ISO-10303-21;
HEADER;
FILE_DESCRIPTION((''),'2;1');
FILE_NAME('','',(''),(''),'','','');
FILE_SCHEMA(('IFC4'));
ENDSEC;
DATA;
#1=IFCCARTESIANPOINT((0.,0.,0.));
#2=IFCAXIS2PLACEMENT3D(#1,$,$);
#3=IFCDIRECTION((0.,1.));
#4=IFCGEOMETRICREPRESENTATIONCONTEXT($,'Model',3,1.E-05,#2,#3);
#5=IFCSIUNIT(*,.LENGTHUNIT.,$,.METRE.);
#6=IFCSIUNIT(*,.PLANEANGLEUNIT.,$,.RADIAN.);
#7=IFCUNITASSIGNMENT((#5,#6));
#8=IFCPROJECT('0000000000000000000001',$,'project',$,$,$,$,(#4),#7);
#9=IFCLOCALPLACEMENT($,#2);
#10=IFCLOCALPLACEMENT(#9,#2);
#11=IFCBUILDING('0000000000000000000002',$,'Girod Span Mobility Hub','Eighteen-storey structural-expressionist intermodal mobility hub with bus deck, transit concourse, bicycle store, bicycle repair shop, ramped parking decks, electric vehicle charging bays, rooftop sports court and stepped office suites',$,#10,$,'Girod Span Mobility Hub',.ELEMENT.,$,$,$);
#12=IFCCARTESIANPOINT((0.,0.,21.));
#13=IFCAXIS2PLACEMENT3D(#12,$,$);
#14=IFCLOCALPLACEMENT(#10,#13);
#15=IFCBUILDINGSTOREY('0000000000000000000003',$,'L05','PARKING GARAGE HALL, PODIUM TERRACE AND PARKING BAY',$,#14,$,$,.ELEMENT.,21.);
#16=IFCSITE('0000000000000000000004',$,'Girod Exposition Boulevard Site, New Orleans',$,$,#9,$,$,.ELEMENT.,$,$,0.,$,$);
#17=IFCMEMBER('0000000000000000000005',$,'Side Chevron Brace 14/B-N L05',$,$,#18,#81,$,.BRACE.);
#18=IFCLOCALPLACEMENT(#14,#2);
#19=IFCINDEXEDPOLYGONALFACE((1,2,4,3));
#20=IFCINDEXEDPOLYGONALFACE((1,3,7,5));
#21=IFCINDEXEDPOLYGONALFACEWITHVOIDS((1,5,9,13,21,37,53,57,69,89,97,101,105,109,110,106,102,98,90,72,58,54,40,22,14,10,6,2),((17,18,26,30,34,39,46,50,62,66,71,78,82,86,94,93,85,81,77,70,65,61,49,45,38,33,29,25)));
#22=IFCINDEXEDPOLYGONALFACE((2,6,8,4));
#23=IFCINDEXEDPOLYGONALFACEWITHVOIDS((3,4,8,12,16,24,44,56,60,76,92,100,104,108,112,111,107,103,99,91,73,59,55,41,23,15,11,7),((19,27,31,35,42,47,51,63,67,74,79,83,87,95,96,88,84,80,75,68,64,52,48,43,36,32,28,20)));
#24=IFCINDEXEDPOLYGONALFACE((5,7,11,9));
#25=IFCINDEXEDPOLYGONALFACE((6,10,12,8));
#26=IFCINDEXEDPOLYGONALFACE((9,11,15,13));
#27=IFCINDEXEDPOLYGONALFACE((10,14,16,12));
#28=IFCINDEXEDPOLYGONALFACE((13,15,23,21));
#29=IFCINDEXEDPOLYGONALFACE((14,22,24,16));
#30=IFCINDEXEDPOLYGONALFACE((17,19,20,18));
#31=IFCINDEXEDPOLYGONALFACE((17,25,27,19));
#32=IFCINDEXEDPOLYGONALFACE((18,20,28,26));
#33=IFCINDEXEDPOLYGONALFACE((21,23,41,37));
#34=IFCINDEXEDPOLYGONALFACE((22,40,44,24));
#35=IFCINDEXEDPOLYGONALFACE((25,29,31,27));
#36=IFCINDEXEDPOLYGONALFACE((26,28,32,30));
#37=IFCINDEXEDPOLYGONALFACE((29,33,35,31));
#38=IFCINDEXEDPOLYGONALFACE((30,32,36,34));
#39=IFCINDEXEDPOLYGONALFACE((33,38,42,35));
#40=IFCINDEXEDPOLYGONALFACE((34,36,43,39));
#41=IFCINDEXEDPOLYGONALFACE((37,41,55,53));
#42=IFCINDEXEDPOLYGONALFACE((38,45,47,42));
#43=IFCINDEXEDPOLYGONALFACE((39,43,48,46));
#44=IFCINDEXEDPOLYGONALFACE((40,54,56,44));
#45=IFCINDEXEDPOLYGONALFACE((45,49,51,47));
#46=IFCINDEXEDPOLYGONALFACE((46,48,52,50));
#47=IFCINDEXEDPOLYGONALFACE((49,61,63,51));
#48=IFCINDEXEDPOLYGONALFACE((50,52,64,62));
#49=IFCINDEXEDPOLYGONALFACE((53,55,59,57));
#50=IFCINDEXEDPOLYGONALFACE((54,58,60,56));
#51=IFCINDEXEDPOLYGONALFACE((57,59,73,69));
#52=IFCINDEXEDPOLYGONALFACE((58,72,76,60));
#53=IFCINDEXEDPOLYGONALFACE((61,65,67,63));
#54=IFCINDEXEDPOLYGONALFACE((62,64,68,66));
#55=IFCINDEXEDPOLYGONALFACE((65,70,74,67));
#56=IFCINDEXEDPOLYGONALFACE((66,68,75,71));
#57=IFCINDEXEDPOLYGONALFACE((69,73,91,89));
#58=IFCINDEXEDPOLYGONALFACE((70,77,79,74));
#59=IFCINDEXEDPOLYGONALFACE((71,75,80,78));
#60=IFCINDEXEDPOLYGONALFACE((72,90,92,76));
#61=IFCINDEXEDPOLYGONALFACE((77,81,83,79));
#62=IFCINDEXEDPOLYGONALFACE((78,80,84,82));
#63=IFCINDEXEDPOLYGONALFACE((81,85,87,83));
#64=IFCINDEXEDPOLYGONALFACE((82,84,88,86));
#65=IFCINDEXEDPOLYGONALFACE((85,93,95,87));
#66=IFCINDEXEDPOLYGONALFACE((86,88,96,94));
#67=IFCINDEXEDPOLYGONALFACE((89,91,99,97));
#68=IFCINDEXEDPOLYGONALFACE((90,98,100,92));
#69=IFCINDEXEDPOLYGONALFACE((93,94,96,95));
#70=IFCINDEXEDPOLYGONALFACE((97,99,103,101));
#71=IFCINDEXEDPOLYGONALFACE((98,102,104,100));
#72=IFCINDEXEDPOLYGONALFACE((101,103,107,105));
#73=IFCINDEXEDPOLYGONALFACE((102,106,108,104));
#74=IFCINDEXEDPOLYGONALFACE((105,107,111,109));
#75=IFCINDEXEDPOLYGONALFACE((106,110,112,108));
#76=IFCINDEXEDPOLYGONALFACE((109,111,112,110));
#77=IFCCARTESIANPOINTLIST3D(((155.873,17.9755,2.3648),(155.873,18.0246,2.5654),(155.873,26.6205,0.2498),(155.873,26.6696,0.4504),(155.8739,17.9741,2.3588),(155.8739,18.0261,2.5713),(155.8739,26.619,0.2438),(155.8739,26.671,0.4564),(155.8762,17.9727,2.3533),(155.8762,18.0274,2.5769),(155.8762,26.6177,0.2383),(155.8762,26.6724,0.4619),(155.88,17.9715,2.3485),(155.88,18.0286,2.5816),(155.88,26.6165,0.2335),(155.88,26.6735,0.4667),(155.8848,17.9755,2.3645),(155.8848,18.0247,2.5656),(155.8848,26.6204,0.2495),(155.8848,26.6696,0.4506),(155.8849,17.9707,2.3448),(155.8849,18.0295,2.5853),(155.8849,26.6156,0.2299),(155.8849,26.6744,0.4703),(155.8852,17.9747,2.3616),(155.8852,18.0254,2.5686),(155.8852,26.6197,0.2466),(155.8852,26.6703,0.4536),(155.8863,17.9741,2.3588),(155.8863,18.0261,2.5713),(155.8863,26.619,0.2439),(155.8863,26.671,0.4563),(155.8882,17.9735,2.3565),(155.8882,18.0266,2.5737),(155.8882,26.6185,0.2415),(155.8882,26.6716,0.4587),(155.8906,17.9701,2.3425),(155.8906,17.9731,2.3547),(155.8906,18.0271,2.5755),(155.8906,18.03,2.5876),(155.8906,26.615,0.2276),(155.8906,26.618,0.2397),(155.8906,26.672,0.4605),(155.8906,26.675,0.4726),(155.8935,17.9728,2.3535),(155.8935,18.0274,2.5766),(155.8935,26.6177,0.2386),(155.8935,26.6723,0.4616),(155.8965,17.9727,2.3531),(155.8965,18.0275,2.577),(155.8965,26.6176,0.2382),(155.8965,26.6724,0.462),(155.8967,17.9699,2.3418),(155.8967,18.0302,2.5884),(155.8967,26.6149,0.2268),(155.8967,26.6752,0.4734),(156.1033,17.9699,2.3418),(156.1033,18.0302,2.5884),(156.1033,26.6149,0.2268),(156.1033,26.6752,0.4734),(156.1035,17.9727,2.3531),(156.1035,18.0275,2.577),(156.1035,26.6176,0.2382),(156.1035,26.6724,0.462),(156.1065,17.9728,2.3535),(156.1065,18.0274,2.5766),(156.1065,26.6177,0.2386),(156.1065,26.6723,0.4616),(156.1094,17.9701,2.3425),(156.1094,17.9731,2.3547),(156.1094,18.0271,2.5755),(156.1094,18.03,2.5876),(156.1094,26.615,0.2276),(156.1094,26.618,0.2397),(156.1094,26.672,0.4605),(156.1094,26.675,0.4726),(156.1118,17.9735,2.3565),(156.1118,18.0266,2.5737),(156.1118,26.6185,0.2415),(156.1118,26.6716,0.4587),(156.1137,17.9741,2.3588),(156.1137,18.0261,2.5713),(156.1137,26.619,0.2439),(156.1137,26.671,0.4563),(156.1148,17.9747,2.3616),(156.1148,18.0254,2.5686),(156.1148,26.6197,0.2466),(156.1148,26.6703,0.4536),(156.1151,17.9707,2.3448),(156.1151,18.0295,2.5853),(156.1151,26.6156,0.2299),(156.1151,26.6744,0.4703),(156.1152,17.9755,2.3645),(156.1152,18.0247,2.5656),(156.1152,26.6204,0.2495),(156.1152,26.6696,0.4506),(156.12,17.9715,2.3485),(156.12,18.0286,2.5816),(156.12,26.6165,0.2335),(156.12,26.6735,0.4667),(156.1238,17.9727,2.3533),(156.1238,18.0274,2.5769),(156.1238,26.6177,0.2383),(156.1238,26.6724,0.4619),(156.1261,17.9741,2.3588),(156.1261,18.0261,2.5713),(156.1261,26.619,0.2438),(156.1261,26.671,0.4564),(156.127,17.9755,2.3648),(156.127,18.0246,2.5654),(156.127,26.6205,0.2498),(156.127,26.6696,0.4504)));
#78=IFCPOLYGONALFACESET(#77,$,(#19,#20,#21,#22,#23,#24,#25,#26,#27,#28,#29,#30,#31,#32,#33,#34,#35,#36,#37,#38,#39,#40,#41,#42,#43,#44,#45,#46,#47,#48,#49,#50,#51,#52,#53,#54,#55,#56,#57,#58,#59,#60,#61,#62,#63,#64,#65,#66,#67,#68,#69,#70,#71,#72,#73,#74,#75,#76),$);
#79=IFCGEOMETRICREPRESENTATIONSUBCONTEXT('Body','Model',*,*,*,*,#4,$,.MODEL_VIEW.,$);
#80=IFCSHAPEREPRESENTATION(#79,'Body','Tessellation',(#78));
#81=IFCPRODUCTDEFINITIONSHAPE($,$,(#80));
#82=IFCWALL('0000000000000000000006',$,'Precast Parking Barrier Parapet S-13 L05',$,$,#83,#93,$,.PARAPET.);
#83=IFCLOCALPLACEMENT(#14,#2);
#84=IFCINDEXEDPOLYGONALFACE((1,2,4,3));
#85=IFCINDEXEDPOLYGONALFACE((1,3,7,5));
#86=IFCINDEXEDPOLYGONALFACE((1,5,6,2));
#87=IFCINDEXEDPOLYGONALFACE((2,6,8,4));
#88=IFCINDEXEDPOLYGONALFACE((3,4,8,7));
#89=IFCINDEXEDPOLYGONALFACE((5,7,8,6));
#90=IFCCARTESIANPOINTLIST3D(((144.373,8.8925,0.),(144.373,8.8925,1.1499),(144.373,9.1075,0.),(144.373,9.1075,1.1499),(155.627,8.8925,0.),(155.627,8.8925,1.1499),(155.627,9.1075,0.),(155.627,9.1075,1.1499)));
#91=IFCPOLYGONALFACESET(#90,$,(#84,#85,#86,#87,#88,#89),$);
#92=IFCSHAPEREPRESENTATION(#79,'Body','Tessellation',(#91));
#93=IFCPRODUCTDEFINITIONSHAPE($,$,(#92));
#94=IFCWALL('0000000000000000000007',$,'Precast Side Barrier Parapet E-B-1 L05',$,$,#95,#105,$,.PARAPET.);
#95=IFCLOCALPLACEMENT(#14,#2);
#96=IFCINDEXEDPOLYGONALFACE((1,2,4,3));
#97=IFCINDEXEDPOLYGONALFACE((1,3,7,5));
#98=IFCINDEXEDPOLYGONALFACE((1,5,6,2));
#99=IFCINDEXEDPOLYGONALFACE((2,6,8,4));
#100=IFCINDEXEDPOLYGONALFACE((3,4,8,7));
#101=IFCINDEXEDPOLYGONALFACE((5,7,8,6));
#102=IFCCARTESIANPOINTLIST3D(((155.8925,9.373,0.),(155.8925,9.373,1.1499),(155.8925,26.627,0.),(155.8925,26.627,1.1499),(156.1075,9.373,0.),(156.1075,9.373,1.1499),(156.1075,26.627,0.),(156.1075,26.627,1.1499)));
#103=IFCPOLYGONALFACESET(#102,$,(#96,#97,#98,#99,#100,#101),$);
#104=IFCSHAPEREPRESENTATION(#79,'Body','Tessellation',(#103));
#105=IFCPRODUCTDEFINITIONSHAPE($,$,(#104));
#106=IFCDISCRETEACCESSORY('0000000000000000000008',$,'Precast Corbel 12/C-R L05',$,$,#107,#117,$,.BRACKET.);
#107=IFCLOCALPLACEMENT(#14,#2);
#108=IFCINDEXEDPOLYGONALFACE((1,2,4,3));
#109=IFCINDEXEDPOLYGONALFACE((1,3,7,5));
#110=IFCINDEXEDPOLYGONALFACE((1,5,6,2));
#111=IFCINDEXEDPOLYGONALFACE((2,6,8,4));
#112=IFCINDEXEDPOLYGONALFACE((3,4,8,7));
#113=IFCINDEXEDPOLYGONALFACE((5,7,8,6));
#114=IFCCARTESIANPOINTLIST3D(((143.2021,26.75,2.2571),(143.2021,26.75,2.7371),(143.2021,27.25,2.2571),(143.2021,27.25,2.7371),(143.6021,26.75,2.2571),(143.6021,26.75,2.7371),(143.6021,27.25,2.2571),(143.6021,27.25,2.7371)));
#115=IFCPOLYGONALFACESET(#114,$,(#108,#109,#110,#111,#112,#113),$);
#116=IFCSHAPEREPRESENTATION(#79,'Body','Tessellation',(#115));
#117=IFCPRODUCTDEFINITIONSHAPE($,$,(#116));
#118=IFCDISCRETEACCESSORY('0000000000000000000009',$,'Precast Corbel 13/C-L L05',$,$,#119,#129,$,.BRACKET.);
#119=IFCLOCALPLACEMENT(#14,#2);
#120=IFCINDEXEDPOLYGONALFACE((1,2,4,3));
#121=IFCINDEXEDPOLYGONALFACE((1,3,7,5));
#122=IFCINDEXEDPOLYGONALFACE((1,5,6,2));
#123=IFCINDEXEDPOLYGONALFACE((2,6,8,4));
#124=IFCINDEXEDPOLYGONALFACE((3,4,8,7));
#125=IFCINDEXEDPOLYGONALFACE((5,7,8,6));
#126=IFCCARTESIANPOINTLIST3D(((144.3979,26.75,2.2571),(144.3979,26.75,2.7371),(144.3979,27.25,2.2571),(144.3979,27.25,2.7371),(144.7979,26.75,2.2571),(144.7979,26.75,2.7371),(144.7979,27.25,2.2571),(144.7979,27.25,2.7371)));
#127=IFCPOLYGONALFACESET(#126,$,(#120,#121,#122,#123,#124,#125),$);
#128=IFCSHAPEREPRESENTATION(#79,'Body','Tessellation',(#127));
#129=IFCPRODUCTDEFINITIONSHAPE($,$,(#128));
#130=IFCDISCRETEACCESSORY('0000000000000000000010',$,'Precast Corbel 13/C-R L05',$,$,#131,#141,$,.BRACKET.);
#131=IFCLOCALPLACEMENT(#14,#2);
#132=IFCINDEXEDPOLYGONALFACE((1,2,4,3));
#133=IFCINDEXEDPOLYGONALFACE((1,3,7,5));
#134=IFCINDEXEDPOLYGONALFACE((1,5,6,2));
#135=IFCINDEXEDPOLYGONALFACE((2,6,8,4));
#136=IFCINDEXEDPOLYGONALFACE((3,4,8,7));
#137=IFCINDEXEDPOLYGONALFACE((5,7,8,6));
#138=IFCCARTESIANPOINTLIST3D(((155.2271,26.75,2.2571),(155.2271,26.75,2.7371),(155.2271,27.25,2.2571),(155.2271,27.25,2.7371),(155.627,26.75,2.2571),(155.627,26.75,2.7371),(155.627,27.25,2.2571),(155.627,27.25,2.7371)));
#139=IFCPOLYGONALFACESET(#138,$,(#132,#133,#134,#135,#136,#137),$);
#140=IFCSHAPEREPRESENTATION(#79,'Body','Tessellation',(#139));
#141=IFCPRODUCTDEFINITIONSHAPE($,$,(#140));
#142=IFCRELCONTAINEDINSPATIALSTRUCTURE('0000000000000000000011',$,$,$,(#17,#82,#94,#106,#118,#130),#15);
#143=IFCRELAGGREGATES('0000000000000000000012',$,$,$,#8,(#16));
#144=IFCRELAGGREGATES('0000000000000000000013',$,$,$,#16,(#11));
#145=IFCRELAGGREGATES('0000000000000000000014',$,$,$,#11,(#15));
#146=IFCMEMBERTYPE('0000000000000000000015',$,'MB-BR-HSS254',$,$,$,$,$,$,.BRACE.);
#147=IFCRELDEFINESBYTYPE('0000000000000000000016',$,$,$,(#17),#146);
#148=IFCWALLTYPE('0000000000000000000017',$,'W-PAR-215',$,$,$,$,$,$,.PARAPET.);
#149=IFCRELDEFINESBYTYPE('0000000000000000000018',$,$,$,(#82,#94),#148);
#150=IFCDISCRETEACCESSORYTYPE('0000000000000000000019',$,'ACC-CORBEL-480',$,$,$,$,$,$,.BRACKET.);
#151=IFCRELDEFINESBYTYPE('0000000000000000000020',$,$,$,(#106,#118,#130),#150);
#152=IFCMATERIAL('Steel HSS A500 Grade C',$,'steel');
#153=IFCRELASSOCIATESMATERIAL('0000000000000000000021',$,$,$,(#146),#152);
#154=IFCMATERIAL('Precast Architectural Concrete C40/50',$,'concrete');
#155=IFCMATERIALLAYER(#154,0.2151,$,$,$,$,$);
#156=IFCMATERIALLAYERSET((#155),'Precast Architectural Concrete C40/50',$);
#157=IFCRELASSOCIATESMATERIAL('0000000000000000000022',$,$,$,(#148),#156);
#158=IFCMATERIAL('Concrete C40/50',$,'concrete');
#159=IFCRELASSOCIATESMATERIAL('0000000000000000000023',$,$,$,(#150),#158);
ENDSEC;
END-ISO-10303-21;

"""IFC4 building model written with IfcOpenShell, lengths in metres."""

from ifc_helpers import new_model, si_unit, direction, frame, frame_2d, origin, origin_2d, place, context, subcontext, project, spatial, rectangle, hollow_rectangle, extrude, material, layer, layer_set, material_profile, profile_set, type_object, element, save


model = new_model("IFC4")

# Units and contexts
model_context = context("Model", 3, precision=1e-05, world=origin(), true_north=direction((0.0, 1.0)))
body_context = subcontext(model_context, "Body", "Model", "MODEL_VIEW")
ifc_project = project(units=[si_unit("LENGTHUNIT", "METRE"), si_unit("PLANEANGLEUNIT", "RADIAN")], contexts=[model_context])

# Site, building, storey
site_placement = place(None, origin())
site = spatial("IfcSite", under=ifc_project, at=site_placement, Name="Girod Exposition Boulevard Site, New Orleans", CompositionType="ELEMENT", RefElevation=0.0)
building_placement = place(site_placement, origin())
building = spatial("IfcBuilding", under=site, at=building_placement, Name="Girod Span Mobility Hub", Description="Eighteen-storey structural-expressionist intermodal mobility hub with bus deck, transit concourse, bicycle store, bicycle repair shop, ramped parking decks, electric vehicle charging bays, rooftop sports court and stepped office suites", LongName="Girod Span Mobility Hub", CompositionType="ELEMENT")
storey_placement = place(building_placement, frame((0.0, 0.0, 21.0)))
storey = spatial("IfcBuildingStorey", under=building, at=storey_placement, Name="L05", Description="PARKING GARAGE HALL, PODIUM TERRACE AND PARKING BAY", CompositionType="ELEMENT", Elevation=21.0)

# Member
ifc_material_1 = material(Name="Steel HSS A500 Grade C", Category="steel")
ifc_material_profile_1 = material_profile(ifc_material_1, hollow_rectangle(XDim=0.2539, YDim=0.2539, WallThickness=0.0117, InnerFilletRadius=0.0117, OuterFilletRadius=0.0237, at=origin_2d()), Name="HSS254X254X12.7")
ifc_profile_set_1 = profile_set([ifc_material_profile_1], Name="Steel HSS A500 Grade C")
member_type = type_object("IfcMemberType", Name="MB-BR-HSS254", PredefinedType="BRACE", material=ifc_profile_set_1)
for number, where, z_axis, x_axis, name in (
    (1, (156.0, 26.645, 0.3501), (0.0, -0.971353, 0.23764), (1.0, 0.0, 0.0), "Side Chevron Brace 14/B-N L05"),
):
    element("IfcMember", number, at=place(storey_placement, frame(where, z_axis=z_axis, x_axis=x_axis)), inside=storey, type_object=member_type, Name=name, PredefinedType="BRACE", context=body_context, shape_type="SweptSolid", body=[
        extrude(hollow_rectangle(XDim=0.2539, YDim=0.2539, WallThickness=0.0117, InnerFilletRadius=0.0117, OuterFilletRadius=0.0237, at=origin_2d()), origin(), (0.0, 0.0, 1.0), 8.8999),
    ])

# Walls
ifc_material_2 = material(Name="Precast Architectural Concrete C40/50", Category="concrete")
ifc_layer = layer(ifc_material_2, 0.2151)
ifc_layer_set = layer_set([ifc_layer], Name="Precast Architectural Concrete C40/50")
wall_type = type_object("IfcWallType", Name="W-PAR-215", PredefinedType="PARAPET", material=ifc_layer_set)
wall_1_placement = place(storey_placement, frame((144.373, 9.0, 0.0), z_axis=(0.0, 0.0, 1.0), x_axis=(1.0, 0.0, 0.0)))
element("IfcWall", 2, at=wall_1_placement, inside=storey, type_object=wall_type, Name="Precast Parking Barrier Parapet S-13 L05", PredefinedType="PARAPET", context=body_context, shape_type="SweptSolid", body=[
    extrude(rectangle(XDim=11.2539, YDim=0.2151, at=frame_2d((5.627, 0.0))), origin(), (0.0, 0.0, 1.0), 1.1499),
])
wall_2_placement = place(storey_placement, frame((156.0, 9.373, 0.0), z_axis=(0.0, 0.0, 1.0), x_axis=(0.0, 1.0, 0.0)))
element("IfcWall", 3, at=wall_2_placement, inside=storey, type_object=wall_type, Name="Precast Side Barrier Parapet E-B-1 L05", PredefinedType="PARAPET", context=body_context, shape_type="SweptSolid", body=[
    extrude(rectangle(XDim=17.2539, YDim=0.2151, at=frame_2d((8.627, 0.0))), origin(), (0.0, 0.0, 1.0), 1.1499),
])

# Discrete accessories
ifc_material_3 = material(Name="Concrete C40/50", Category="concrete")
discrete_accessory_type = type_object("IfcDiscreteAccessoryType", Name="ACC-CORBEL-480", PredefinedType="BRACKET", material=ifc_material_3)
for number, where, z_axis, x_axis, name in (
    (4, (143.4021, 27.0, 2.2571), (0.0, 0.0, 1.0), (1.0, 0.0, 0.0), "Precast Corbel 12/C-R L05"),
    (5, (144.5979, 27.0, 2.2571), (0.0, 0.0, 1.0), (1.0, 0.0, 0.0), "Precast Corbel 13/C-L L05"),
    (6, (155.427, 27.0, 2.2571), (0.0, 0.0, 1.0), (1.0, 0.0, 0.0), "Precast Corbel 13/C-R L05"),
):
    element("IfcDiscreteAccessory", number, at=place(storey_placement, frame(where, z_axis=z_axis, x_axis=x_axis)), inside=storey, type_object=discrete_accessory_type, Name=name, PredefinedType="BRACKET", context=body_context, shape_type="SweptSolid", body=[
        extrude(rectangle(XDim=0.3999, YDim=0.5, at=origin_2d()), origin(), (0.0, 0.0, 1.0), 0.48),
    ])

save(model, "model.ifc")
